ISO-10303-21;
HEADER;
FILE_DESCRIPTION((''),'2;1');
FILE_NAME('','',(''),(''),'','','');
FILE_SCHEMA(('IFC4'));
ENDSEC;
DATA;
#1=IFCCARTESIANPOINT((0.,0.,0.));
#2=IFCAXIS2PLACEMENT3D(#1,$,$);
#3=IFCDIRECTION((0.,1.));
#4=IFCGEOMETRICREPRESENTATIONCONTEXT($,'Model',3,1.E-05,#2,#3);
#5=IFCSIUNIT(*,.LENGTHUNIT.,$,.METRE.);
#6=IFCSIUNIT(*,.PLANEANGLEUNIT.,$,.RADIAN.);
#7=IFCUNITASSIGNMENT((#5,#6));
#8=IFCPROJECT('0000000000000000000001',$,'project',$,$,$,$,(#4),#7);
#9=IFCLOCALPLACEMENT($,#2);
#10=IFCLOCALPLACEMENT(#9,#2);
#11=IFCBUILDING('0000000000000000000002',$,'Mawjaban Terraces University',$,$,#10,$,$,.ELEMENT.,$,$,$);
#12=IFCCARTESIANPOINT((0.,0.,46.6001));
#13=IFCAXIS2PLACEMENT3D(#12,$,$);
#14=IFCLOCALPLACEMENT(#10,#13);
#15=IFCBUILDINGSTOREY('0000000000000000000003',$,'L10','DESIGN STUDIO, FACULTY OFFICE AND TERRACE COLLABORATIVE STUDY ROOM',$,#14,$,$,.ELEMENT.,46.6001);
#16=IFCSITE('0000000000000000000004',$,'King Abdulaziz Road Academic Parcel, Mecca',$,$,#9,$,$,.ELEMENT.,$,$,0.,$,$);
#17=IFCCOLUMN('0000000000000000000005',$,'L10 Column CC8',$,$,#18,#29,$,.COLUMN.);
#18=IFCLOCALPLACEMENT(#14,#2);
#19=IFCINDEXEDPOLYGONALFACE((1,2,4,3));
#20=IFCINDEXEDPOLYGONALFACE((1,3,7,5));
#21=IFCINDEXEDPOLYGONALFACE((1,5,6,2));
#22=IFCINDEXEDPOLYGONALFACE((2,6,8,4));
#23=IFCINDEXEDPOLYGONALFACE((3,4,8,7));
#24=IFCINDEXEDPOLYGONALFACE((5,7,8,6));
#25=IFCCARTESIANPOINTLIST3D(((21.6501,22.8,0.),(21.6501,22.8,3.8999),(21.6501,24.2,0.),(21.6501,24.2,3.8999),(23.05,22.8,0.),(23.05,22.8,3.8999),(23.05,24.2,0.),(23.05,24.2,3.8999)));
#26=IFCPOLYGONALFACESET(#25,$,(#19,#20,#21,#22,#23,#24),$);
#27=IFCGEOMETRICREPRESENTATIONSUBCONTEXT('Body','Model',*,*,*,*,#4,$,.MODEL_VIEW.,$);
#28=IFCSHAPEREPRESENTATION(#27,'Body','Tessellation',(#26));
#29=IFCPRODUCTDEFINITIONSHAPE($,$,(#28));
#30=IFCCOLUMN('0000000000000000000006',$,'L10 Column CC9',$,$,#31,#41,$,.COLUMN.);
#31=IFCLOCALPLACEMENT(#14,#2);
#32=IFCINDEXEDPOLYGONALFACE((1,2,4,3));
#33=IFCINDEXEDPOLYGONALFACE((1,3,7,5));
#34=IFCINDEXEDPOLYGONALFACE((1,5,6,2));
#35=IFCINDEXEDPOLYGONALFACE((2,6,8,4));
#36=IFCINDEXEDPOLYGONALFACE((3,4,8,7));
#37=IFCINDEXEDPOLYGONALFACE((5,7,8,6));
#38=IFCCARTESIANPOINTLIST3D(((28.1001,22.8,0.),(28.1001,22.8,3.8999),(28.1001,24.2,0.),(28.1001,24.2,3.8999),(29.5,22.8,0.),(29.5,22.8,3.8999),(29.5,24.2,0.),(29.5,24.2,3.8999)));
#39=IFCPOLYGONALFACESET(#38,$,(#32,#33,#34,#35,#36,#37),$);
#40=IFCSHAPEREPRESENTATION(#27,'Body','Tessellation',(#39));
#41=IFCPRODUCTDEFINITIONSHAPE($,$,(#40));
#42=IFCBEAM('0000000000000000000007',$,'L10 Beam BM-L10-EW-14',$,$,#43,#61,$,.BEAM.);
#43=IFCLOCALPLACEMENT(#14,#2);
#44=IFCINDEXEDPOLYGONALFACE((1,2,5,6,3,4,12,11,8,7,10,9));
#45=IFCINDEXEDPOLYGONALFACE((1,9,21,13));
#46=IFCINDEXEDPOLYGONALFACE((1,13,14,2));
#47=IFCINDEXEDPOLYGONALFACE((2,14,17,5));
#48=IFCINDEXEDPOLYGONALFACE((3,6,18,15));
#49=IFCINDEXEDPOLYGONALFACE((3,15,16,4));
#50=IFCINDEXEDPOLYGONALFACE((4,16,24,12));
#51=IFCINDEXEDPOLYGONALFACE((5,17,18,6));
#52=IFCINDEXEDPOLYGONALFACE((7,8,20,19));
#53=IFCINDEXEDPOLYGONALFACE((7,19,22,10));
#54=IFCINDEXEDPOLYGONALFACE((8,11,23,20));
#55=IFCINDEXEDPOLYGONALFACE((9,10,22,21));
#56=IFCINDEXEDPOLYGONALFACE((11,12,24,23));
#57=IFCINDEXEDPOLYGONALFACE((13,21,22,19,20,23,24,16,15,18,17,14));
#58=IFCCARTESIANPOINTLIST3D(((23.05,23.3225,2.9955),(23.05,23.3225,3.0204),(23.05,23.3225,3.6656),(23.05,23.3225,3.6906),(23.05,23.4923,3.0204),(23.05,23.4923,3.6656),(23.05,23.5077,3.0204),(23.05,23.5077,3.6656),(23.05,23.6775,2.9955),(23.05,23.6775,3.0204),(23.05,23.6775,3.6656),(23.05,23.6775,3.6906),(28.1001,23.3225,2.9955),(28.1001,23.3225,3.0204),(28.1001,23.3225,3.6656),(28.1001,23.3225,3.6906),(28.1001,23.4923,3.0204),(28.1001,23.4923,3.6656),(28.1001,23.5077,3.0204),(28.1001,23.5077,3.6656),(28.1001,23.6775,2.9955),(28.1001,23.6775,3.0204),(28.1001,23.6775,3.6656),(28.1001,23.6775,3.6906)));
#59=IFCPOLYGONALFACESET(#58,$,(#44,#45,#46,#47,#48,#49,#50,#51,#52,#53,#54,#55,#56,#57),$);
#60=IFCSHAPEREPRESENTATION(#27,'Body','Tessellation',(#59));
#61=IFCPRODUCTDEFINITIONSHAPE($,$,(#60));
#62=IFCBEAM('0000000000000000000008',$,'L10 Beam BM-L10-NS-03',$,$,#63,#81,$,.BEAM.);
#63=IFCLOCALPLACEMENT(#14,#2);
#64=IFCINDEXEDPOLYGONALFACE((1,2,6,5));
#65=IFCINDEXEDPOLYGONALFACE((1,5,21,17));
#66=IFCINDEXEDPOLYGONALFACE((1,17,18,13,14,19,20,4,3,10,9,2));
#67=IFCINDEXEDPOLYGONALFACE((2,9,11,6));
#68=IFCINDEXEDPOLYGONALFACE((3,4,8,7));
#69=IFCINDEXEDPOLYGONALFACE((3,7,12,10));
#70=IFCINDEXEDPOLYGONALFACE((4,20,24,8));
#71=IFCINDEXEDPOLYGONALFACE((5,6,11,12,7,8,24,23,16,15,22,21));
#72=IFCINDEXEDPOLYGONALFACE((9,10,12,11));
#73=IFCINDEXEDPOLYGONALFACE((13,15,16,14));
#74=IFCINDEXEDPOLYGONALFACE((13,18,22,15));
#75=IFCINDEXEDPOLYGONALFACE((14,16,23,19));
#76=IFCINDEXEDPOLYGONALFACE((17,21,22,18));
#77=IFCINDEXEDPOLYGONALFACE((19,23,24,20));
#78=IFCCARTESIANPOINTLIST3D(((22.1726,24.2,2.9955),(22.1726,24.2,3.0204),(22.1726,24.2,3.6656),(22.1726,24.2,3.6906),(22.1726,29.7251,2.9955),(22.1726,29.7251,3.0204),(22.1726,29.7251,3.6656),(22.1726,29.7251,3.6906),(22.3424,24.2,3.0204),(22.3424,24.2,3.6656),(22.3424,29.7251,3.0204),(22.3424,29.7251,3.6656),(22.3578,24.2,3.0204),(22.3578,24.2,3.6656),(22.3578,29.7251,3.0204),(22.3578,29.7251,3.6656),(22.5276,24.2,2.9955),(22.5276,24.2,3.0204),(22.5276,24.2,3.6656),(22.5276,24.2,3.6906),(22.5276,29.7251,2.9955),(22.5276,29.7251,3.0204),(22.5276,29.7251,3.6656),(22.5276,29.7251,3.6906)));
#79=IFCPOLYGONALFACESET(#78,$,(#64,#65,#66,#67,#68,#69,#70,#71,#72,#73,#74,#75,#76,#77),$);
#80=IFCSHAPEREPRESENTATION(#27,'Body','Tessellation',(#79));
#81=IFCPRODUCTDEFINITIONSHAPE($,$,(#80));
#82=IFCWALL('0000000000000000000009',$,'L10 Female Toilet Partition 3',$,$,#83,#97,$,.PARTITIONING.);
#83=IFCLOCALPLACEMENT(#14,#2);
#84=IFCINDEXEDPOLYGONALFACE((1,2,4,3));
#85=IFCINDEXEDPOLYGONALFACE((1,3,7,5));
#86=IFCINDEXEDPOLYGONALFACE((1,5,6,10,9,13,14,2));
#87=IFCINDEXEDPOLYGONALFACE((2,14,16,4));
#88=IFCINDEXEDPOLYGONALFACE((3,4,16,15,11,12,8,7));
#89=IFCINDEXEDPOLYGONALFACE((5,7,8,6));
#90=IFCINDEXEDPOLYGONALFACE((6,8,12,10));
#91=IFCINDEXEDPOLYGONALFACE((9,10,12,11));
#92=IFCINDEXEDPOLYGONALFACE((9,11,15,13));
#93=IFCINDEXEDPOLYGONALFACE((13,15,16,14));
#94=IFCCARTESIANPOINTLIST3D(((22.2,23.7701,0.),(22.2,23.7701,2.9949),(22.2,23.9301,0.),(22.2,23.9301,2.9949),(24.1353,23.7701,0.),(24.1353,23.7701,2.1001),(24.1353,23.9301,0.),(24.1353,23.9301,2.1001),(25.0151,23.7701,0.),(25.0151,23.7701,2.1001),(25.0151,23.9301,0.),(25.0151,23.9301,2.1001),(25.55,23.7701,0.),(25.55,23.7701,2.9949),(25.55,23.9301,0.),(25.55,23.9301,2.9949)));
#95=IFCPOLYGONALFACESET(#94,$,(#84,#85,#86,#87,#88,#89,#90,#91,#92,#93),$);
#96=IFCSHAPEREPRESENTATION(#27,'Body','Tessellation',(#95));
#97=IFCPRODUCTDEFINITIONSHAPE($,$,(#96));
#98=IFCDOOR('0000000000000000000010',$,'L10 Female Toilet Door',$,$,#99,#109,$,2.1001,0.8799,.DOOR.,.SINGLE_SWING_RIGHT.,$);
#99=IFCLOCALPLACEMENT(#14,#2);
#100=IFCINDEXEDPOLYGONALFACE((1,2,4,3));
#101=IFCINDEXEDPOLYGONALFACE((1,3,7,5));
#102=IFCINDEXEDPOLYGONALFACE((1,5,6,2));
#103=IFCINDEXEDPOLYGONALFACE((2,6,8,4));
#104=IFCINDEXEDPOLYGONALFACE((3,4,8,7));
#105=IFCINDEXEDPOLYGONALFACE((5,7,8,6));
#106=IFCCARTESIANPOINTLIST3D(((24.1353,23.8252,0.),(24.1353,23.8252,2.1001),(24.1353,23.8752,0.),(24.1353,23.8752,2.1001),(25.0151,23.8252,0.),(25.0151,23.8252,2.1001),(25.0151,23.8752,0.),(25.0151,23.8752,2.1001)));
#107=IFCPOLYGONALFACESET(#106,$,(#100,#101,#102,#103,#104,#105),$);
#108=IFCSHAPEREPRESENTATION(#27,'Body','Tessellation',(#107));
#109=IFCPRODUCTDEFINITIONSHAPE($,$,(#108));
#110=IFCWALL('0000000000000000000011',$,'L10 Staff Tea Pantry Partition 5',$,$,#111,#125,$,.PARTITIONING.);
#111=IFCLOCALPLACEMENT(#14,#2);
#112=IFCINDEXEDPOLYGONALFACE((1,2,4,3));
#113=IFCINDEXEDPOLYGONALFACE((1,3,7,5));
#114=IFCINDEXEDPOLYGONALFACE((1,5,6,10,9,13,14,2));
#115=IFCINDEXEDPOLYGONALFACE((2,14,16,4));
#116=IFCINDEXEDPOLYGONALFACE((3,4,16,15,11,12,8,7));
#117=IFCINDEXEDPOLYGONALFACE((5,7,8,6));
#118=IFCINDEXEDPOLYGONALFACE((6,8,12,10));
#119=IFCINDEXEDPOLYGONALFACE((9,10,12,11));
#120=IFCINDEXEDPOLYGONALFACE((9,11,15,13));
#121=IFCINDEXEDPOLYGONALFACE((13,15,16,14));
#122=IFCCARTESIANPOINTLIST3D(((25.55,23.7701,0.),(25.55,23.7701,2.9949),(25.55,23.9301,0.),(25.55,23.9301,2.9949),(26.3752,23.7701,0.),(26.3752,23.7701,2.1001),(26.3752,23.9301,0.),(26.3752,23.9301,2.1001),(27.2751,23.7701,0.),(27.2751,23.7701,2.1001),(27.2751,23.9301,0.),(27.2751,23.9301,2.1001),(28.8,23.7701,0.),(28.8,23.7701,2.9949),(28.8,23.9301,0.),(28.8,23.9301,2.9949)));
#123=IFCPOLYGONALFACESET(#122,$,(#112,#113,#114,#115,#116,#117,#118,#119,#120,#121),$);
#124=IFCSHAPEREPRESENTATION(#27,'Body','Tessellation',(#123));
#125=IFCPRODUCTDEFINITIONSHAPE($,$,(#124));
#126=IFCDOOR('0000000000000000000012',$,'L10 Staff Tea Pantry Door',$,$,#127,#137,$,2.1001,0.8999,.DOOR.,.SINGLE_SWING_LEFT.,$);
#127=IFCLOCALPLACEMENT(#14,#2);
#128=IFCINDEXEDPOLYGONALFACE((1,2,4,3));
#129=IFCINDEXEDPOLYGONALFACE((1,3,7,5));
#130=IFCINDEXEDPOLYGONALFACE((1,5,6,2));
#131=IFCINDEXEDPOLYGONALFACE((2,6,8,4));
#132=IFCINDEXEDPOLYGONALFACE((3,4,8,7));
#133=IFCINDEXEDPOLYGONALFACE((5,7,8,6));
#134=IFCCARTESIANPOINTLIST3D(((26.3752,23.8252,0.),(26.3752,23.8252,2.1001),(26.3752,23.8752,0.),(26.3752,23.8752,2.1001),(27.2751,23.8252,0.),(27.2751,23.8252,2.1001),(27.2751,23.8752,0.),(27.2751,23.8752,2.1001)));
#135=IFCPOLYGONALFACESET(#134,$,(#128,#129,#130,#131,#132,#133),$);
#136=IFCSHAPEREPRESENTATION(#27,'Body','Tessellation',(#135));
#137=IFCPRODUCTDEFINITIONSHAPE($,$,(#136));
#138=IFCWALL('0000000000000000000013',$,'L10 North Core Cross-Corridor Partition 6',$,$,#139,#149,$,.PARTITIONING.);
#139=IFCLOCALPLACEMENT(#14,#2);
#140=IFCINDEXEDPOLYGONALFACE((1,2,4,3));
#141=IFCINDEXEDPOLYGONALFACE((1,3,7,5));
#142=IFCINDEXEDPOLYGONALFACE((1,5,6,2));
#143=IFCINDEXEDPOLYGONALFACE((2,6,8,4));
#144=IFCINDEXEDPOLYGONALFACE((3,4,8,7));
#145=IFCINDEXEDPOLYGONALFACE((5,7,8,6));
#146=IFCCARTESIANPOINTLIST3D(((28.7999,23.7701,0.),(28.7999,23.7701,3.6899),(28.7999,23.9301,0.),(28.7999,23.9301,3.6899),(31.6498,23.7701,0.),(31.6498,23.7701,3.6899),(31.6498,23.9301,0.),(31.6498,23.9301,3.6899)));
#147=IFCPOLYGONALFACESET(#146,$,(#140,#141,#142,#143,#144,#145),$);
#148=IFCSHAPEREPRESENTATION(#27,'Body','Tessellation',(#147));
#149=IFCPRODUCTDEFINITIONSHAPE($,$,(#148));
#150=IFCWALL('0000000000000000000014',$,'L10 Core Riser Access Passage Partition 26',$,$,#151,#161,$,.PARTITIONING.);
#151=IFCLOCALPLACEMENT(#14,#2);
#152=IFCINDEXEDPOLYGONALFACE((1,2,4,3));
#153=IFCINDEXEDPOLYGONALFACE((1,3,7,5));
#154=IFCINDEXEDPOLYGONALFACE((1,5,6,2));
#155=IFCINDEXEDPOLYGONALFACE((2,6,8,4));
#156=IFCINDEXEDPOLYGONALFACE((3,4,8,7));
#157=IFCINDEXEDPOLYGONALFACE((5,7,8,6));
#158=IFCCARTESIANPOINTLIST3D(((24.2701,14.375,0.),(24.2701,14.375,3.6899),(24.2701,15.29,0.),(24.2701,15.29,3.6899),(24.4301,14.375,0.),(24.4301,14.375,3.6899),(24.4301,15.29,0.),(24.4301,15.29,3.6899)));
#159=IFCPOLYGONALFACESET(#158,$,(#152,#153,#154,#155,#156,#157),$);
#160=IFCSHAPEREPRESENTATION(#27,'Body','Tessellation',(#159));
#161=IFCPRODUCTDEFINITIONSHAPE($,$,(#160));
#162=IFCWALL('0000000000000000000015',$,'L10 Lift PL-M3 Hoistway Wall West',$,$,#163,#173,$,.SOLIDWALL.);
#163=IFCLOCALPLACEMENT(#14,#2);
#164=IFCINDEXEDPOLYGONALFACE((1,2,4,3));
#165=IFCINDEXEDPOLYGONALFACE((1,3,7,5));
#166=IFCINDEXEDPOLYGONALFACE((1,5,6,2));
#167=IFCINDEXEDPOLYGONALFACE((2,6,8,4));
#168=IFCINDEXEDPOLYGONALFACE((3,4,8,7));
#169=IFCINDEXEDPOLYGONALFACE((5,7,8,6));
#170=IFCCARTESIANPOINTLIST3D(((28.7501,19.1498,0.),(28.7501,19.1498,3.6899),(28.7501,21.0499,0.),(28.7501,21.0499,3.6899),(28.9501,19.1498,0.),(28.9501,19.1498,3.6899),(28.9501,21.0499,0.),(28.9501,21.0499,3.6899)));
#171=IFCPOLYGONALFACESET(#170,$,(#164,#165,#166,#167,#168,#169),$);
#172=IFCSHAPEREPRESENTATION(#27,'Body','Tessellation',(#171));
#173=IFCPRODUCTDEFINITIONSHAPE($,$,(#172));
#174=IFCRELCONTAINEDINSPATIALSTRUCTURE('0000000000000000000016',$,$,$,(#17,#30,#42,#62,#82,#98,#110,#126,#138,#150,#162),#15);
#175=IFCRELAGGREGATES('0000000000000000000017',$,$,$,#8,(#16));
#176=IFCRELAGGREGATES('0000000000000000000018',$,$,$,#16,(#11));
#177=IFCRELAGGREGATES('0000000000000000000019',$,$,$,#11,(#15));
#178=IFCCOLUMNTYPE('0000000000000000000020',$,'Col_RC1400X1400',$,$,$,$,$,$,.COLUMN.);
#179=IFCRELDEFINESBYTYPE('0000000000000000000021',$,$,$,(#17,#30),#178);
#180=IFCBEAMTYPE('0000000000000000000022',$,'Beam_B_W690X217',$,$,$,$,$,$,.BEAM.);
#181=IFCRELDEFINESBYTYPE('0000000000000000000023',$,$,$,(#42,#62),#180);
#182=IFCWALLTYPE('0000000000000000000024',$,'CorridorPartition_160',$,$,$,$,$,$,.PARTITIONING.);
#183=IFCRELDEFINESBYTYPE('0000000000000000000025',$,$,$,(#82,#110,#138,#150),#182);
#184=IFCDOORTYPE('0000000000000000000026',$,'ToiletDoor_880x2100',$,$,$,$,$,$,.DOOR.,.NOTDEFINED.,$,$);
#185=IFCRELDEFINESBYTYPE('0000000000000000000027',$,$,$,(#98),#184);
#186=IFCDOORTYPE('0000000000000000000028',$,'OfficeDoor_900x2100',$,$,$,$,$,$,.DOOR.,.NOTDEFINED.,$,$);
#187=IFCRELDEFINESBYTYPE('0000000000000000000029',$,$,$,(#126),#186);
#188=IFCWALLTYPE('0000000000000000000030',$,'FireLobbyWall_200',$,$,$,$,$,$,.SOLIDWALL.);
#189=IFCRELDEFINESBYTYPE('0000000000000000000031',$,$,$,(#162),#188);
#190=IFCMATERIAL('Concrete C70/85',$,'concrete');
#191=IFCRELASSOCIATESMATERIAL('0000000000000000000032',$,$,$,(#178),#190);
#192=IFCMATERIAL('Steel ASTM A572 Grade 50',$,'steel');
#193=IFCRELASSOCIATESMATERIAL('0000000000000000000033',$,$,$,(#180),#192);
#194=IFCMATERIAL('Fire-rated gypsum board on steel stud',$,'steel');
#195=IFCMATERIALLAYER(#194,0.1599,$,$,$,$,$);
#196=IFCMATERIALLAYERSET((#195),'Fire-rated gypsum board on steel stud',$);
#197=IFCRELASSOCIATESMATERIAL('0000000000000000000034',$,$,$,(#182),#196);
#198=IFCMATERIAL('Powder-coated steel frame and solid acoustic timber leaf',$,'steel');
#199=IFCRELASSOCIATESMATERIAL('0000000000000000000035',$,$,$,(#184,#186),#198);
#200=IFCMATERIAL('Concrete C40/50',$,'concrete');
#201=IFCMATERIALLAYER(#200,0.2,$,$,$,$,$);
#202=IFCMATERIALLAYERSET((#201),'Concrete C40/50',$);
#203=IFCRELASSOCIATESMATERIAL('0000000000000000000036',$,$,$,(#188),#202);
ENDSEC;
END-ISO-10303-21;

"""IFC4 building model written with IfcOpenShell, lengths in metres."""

from ifc_helpers import new_model, si_unit, direction, frame, frame_2d, origin, origin_2d, place, context, subcontext, project, spatial, rectangle, i_section, extrude, material, layer, layer_set, material_profile, profile_set, type_object, element, fill, save


model = new_model("IFC4")

# Units and contexts
model_context = context("Model", 3, precision=1e-05, world=origin(), true_north=direction((0.0, 1.0)))
body_context = subcontext(model_context, "Body", "Model", "MODEL_VIEW")
ifc_project = project(units=[si_unit("LENGTHUNIT", "METRE"), si_unit("PLANEANGLEUNIT", "RADIAN")], contexts=[model_context])

# Site, building, storey
site_placement = place(None, origin())
site = spatial("IfcSite", under=ifc_project, at=site_placement, Name="King Abdulaziz Road Academic Parcel, Mecca", CompositionType="ELEMENT", RefElevation=0.0)
building_placement = place(site_placement, origin())
building = spatial("IfcBuilding", under=site, at=building_placement, Name="Mawjaban Terraces University", CompositionType="ELEMENT")
storey_placement = place(building_placement, frame((0.0, 0.0, 46.6001)))
storey = spatial("IfcBuildingStorey", under=building, at=storey_placement, Name="L10", Description="DESIGN STUDIO, FACULTY OFFICE AND TERRACE COLLABORATIVE STUDY ROOM", CompositionType="ELEMENT", Elevation=46.6001)

# Columns
ifc_material_1 = material(Name="Concrete C70/85", Category="concrete")
ifc_material_profile_1 = material_profile(ifc_material_1, rectangle(XDim=1.3999, YDim=1.3999, at=origin_2d()), Name="RC1400X1400")
ifc_profile_set_1 = profile_set([ifc_material_profile_1], Name="Concrete C70/85")
column_type = type_object("IfcColumnType", Name="Col_RC1400X1400", PredefinedType="COLUMN", material=ifc_profile_set_1)
for number, where, z_axis, x_axis, name in (
    (1, (22.3501, 23.5, 0.0), (0.0, 0.0, 1.0), (1.0, 0.0, 0.0), "L10 Column CC8"),
    (2, (28.8, 23.5, 0.0), (0.0, 0.0, 1.0), (1.0, 0.0, 0.0), "L10 Column CC9"),
):
    element("IfcColumn", number, at=place(storey_placement, frame(where, z_axis=z_axis, x_axis=x_axis)), inside=storey, type_object=column_type, Name=name, PredefinedType="COLUMN", context=body_context, shape_type="SweptSolid", body=[
        extrude(rectangle(XDim=1.3999, YDim=1.3999, at=origin_2d()), origin(), (0.0, 0.0, 1.0), 3.8999),
    ])

# Beams
ifc_material_2 = material(Name="Steel ASTM A572 Grade 50", Category="steel")
ifc_material_profile_2 = material_profile(ifc_material_2, i_section(OverallWidth=0.355, OverallDepth=0.6951, WebThickness=0.0154, FlangeThickness=0.0249, at=origin_2d()), Name="W690X217")
ifc_profile_set_2 = profile_set([ifc_material_profile_2], Name="Steel ASTM A572 Grade 50")
beam_type = type_object("IfcBeamType", Name="Beam_B_W690X217", PredefinedType="BEAM", material=ifc_profile_set_2)
beam_1_placement = place(storey_placement, frame((23.05, 23.5, 3.343), z_axis=(1.0, 0.0, 0.0), x_axis=(0.0, 1.0, 0.0)))
element("IfcBeam", 3, at=beam_1_placement, inside=storey, type_object=beam_type, Name="L10 Beam BM-L10-EW-14", PredefinedType="BEAM", context=body_context, shape_type="SweptSolid", body=[
    extrude(i_section(OverallWidth=0.355, OverallDepth=0.6951, WebThickness=0.0154, FlangeThickness=0.0249, at=origin_2d()), origin(), (0.0, 0.0, 1.0), 5.05),
])
beam_2_placement = place(storey_placement, frame((22.3501, 24.2, 3.343), z_axis=(0.0, 1.0, 0.0), x_axis=(-1.0, 0.0, 0.0)))
element("IfcBeam", 4, at=beam_2_placement, inside=storey, type_object=beam_type, Name="L10 Beam BM-L10-NS-03", PredefinedType="BEAM", context=body_context, shape_type="SweptSolid", body=[
    extrude(i_section(OverallWidth=0.355, OverallDepth=0.6951, WebThickness=0.0154, FlangeThickness=0.0249, at=origin_2d()), origin(), (0.0, 0.0, 1.0), 5.5251),
])

# Walls, openings, doors
ifc_material_3 = material(Name="Fire-rated gypsum board on steel stud", Category="steel")
ifc_layer_1 = layer(ifc_material_3, 0.1599)
ifc_layer_set_1 = layer_set([ifc_layer_1], Name="Fire-rated gypsum board on steel stud")
wall_type_1 = type_object("IfcWallType", Name="CorridorPartition_160", PredefinedType="PARTITIONING", material=ifc_layer_set_1)
wall_1_placement = place(storey_placement, frame((25.55, 23.8501, 0.0), z_axis=(0.0, 0.0, 1.0), x_axis=(-1.0, 0.0, 0.0)))
wall_1 = element("IfcWall", 5, at=wall_1_placement, inside=storey, type_object=wall_type_1, Name="L10 Female Toilet Partition 3", PredefinedType="PARTITIONING", context=body_context, shape_type="SweptSolid", body=[
    extrude(rectangle(XDim=3.3501, YDim=0.1599, at=frame_2d((1.675, 0.0))), origin(), (0.0, 0.0, 1.0), 2.9949),
])
opening_1_placement = place(wall_1_placement, frame((0.5349, 0.0, 0.0)))
opening_1 = element("IfcOpeningElement", 6, at=opening_1_placement, cuts=wall_1, PredefinedType="OPENING", context=body_context, shape_type="SweptSolid", body=[
    extrude(rectangle(XDim=0.8799, YDim=2.1001, at=frame_2d((0.4399, 1.05))), frame((0.0, 0.0898, 0.0), z_axis=(0.0, -1.0, 0.0), x_axis=(1.0, 0.0, 0.0)), (0.0, 0.0, 1.0), 0.1799),
])
ifc_material_4 = material(Name="Powder-coated steel frame and solid acoustic timber leaf", Category="steel")
door_type_1 = type_object("IfcDoorType", Name="ToiletDoor_880x2100", OperationType="NOTDEFINED", PredefinedType="DOOR", material=ifc_material_4)
door_1_placement = place(opening_1_placement, origin())
door_1 = element("IfcDoor", 7, at=door_1_placement, inside=storey, type_object=door_type_1, Name="L10 Female Toilet Door", OperationType="SINGLE_SWING_RIGHT", OverallHeight=2.1001, OverallWidth=0.8799, PredefinedType="DOOR", context=body_context, shape_type="SweptSolid", body=[
    extrude(rectangle(XDim=0.8799, YDim=2.1001, at=frame_2d((0.4399, 1.05))), frame((0.0, 0.0249, 0.0), z_axis=(0.0, -1.0, 0.0), x_axis=(1.0, 0.0, 0.0)), (0.0, 0.0, 1.0), 0.05),
])
fill(opening_1, door_1)
wall_2_placement = place(storey_placement, frame((28.8, 23.8501, 0.0), z_axis=(0.0, 0.0, 1.0), x_axis=(-1.0, 0.0, 0.0)))
wall_2 = element("IfcWall", 8, at=wall_2_placement, inside=storey, type_object=wall_type_1, Name="L10 Staff Tea Pantry Partition 5", PredefinedType="PARTITIONING", context=body_context, shape_type="SweptSolid", body=[
    extrude(rectangle(XDim=3.25, YDim=0.1599, at=frame_2d((1.625, 0.0))), origin(), (0.0, 0.0, 1.0), 2.9949),
])
opening_2_placement = place(wall_2_placement, frame((1.5249, 0.0, 0.0)))
opening_2 = element("IfcOpeningElement", 9, at=opening_2_placement, cuts=wall_2, PredefinedType="OPENING", context=body_context, shape_type="SweptSolid", body=[
    extrude(rectangle(XDim=0.8999, YDim=2.1001, at=frame_2d((0.45, 1.05))), frame((0.0, 0.0898, 0.0), z_axis=(0.0, -1.0, 0.0), x_axis=(1.0, 0.0, 0.0)), (0.0, 0.0, 1.0), 0.1799),
])
door_type_2 = type_object("IfcDoorType", Name="OfficeDoor_900x2100", OperationType="NOTDEFINED", PredefinedType="DOOR", material=ifc_material_4)
door_2_placement = place(opening_2_placement, origin())
door_2 = element("IfcDoor", 10, at=door_2_placement, inside=storey, type_object=door_type_2, Name="L10 Staff Tea Pantry Door", OperationType="SINGLE_SWING_LEFT", OverallHeight=2.1001, OverallWidth=0.8999, PredefinedType="DOOR", context=body_context, shape_type="SweptSolid", body=[
    extrude(rectangle(XDim=0.8999, YDim=2.1001, at=frame_2d((0.45, 1.05))), frame((0.0, 0.0249, 0.0), z_axis=(0.0, -1.0, 0.0), x_axis=(1.0, 0.0, 0.0)), (0.0, 0.0, 1.0), 0.05),
])
fill(opening_2, door_2)

# Walls
wall_3_placement = place(storey_placement, frame((28.8, 23.8501, 0.0), z_axis=(0.0, 0.0, 1.0), x_axis=(1.0, 0.0, 0.0)))
element("IfcWall", 11, at=wall_3_placement, inside=storey, type_object=wall_type_1, Name="L10 North Core Cross-Corridor Partition 6", PredefinedType="PARTITIONING", context=body_context, shape_type="SweptSolid", body=[
    extrude(rectangle(XDim=2.8499, YDim=0.1599, at=frame_2d((1.4248, 0.0))), origin(), (0.0, 0.0, 1.0), 3.6899),
])
wall_4_placement = place(storey_placement, frame((24.3501, 15.29, 0.0), z_axis=(0.0, 0.0, 1.0), x_axis=(0.0, -1.0, 0.0)))
element("IfcWall", 12, at=wall_4_placement, inside=storey, type_object=wall_type_1, Name="L10 Core Riser Access Passage Partition 26", PredefinedType="PARTITIONING", context=body_context, shape_type="SweptSolid", body=[
    extrude(rectangle(XDim=0.915, YDim=0.1599, at=frame_2d((0.4575, 0.0))), origin(), (0.0, 0.0, 1.0), 3.6899),
])
ifc_material_5 = material(Name="Concrete C40/50", Category="concrete")
ifc_layer_2 = layer(ifc_material_5, 0.2)
ifc_layer_set_2 = layer_set([ifc_layer_2], Name="Concrete C40/50")
wall_type_2 = type_object("IfcWallType", Name="FireLobbyWall_200", PredefinedType="SOLIDWALL", material=ifc_layer_set_2)
wall_5_placement = place(storey_placement, frame((28.8501, 21.05, 0.0), z_axis=(0.0, 0.0, 1.0), x_axis=(0.0, -1.0, 0.0)))
element("IfcWall", 13, at=wall_5_placement, inside=storey, type_object=wall_type_2, Name="L10 Lift PL-M3 Hoistway Wall West", PredefinedType="SOLIDWALL", context=body_context, shape_type="SweptSolid", body=[
    extrude(rectangle(XDim=1.9001, YDim=0.2, at=frame_2d((0.9502, 0.0))), origin(), (0.0, 0.0, 1.0), 3.6899),
])

save(model, "model.ifc")
